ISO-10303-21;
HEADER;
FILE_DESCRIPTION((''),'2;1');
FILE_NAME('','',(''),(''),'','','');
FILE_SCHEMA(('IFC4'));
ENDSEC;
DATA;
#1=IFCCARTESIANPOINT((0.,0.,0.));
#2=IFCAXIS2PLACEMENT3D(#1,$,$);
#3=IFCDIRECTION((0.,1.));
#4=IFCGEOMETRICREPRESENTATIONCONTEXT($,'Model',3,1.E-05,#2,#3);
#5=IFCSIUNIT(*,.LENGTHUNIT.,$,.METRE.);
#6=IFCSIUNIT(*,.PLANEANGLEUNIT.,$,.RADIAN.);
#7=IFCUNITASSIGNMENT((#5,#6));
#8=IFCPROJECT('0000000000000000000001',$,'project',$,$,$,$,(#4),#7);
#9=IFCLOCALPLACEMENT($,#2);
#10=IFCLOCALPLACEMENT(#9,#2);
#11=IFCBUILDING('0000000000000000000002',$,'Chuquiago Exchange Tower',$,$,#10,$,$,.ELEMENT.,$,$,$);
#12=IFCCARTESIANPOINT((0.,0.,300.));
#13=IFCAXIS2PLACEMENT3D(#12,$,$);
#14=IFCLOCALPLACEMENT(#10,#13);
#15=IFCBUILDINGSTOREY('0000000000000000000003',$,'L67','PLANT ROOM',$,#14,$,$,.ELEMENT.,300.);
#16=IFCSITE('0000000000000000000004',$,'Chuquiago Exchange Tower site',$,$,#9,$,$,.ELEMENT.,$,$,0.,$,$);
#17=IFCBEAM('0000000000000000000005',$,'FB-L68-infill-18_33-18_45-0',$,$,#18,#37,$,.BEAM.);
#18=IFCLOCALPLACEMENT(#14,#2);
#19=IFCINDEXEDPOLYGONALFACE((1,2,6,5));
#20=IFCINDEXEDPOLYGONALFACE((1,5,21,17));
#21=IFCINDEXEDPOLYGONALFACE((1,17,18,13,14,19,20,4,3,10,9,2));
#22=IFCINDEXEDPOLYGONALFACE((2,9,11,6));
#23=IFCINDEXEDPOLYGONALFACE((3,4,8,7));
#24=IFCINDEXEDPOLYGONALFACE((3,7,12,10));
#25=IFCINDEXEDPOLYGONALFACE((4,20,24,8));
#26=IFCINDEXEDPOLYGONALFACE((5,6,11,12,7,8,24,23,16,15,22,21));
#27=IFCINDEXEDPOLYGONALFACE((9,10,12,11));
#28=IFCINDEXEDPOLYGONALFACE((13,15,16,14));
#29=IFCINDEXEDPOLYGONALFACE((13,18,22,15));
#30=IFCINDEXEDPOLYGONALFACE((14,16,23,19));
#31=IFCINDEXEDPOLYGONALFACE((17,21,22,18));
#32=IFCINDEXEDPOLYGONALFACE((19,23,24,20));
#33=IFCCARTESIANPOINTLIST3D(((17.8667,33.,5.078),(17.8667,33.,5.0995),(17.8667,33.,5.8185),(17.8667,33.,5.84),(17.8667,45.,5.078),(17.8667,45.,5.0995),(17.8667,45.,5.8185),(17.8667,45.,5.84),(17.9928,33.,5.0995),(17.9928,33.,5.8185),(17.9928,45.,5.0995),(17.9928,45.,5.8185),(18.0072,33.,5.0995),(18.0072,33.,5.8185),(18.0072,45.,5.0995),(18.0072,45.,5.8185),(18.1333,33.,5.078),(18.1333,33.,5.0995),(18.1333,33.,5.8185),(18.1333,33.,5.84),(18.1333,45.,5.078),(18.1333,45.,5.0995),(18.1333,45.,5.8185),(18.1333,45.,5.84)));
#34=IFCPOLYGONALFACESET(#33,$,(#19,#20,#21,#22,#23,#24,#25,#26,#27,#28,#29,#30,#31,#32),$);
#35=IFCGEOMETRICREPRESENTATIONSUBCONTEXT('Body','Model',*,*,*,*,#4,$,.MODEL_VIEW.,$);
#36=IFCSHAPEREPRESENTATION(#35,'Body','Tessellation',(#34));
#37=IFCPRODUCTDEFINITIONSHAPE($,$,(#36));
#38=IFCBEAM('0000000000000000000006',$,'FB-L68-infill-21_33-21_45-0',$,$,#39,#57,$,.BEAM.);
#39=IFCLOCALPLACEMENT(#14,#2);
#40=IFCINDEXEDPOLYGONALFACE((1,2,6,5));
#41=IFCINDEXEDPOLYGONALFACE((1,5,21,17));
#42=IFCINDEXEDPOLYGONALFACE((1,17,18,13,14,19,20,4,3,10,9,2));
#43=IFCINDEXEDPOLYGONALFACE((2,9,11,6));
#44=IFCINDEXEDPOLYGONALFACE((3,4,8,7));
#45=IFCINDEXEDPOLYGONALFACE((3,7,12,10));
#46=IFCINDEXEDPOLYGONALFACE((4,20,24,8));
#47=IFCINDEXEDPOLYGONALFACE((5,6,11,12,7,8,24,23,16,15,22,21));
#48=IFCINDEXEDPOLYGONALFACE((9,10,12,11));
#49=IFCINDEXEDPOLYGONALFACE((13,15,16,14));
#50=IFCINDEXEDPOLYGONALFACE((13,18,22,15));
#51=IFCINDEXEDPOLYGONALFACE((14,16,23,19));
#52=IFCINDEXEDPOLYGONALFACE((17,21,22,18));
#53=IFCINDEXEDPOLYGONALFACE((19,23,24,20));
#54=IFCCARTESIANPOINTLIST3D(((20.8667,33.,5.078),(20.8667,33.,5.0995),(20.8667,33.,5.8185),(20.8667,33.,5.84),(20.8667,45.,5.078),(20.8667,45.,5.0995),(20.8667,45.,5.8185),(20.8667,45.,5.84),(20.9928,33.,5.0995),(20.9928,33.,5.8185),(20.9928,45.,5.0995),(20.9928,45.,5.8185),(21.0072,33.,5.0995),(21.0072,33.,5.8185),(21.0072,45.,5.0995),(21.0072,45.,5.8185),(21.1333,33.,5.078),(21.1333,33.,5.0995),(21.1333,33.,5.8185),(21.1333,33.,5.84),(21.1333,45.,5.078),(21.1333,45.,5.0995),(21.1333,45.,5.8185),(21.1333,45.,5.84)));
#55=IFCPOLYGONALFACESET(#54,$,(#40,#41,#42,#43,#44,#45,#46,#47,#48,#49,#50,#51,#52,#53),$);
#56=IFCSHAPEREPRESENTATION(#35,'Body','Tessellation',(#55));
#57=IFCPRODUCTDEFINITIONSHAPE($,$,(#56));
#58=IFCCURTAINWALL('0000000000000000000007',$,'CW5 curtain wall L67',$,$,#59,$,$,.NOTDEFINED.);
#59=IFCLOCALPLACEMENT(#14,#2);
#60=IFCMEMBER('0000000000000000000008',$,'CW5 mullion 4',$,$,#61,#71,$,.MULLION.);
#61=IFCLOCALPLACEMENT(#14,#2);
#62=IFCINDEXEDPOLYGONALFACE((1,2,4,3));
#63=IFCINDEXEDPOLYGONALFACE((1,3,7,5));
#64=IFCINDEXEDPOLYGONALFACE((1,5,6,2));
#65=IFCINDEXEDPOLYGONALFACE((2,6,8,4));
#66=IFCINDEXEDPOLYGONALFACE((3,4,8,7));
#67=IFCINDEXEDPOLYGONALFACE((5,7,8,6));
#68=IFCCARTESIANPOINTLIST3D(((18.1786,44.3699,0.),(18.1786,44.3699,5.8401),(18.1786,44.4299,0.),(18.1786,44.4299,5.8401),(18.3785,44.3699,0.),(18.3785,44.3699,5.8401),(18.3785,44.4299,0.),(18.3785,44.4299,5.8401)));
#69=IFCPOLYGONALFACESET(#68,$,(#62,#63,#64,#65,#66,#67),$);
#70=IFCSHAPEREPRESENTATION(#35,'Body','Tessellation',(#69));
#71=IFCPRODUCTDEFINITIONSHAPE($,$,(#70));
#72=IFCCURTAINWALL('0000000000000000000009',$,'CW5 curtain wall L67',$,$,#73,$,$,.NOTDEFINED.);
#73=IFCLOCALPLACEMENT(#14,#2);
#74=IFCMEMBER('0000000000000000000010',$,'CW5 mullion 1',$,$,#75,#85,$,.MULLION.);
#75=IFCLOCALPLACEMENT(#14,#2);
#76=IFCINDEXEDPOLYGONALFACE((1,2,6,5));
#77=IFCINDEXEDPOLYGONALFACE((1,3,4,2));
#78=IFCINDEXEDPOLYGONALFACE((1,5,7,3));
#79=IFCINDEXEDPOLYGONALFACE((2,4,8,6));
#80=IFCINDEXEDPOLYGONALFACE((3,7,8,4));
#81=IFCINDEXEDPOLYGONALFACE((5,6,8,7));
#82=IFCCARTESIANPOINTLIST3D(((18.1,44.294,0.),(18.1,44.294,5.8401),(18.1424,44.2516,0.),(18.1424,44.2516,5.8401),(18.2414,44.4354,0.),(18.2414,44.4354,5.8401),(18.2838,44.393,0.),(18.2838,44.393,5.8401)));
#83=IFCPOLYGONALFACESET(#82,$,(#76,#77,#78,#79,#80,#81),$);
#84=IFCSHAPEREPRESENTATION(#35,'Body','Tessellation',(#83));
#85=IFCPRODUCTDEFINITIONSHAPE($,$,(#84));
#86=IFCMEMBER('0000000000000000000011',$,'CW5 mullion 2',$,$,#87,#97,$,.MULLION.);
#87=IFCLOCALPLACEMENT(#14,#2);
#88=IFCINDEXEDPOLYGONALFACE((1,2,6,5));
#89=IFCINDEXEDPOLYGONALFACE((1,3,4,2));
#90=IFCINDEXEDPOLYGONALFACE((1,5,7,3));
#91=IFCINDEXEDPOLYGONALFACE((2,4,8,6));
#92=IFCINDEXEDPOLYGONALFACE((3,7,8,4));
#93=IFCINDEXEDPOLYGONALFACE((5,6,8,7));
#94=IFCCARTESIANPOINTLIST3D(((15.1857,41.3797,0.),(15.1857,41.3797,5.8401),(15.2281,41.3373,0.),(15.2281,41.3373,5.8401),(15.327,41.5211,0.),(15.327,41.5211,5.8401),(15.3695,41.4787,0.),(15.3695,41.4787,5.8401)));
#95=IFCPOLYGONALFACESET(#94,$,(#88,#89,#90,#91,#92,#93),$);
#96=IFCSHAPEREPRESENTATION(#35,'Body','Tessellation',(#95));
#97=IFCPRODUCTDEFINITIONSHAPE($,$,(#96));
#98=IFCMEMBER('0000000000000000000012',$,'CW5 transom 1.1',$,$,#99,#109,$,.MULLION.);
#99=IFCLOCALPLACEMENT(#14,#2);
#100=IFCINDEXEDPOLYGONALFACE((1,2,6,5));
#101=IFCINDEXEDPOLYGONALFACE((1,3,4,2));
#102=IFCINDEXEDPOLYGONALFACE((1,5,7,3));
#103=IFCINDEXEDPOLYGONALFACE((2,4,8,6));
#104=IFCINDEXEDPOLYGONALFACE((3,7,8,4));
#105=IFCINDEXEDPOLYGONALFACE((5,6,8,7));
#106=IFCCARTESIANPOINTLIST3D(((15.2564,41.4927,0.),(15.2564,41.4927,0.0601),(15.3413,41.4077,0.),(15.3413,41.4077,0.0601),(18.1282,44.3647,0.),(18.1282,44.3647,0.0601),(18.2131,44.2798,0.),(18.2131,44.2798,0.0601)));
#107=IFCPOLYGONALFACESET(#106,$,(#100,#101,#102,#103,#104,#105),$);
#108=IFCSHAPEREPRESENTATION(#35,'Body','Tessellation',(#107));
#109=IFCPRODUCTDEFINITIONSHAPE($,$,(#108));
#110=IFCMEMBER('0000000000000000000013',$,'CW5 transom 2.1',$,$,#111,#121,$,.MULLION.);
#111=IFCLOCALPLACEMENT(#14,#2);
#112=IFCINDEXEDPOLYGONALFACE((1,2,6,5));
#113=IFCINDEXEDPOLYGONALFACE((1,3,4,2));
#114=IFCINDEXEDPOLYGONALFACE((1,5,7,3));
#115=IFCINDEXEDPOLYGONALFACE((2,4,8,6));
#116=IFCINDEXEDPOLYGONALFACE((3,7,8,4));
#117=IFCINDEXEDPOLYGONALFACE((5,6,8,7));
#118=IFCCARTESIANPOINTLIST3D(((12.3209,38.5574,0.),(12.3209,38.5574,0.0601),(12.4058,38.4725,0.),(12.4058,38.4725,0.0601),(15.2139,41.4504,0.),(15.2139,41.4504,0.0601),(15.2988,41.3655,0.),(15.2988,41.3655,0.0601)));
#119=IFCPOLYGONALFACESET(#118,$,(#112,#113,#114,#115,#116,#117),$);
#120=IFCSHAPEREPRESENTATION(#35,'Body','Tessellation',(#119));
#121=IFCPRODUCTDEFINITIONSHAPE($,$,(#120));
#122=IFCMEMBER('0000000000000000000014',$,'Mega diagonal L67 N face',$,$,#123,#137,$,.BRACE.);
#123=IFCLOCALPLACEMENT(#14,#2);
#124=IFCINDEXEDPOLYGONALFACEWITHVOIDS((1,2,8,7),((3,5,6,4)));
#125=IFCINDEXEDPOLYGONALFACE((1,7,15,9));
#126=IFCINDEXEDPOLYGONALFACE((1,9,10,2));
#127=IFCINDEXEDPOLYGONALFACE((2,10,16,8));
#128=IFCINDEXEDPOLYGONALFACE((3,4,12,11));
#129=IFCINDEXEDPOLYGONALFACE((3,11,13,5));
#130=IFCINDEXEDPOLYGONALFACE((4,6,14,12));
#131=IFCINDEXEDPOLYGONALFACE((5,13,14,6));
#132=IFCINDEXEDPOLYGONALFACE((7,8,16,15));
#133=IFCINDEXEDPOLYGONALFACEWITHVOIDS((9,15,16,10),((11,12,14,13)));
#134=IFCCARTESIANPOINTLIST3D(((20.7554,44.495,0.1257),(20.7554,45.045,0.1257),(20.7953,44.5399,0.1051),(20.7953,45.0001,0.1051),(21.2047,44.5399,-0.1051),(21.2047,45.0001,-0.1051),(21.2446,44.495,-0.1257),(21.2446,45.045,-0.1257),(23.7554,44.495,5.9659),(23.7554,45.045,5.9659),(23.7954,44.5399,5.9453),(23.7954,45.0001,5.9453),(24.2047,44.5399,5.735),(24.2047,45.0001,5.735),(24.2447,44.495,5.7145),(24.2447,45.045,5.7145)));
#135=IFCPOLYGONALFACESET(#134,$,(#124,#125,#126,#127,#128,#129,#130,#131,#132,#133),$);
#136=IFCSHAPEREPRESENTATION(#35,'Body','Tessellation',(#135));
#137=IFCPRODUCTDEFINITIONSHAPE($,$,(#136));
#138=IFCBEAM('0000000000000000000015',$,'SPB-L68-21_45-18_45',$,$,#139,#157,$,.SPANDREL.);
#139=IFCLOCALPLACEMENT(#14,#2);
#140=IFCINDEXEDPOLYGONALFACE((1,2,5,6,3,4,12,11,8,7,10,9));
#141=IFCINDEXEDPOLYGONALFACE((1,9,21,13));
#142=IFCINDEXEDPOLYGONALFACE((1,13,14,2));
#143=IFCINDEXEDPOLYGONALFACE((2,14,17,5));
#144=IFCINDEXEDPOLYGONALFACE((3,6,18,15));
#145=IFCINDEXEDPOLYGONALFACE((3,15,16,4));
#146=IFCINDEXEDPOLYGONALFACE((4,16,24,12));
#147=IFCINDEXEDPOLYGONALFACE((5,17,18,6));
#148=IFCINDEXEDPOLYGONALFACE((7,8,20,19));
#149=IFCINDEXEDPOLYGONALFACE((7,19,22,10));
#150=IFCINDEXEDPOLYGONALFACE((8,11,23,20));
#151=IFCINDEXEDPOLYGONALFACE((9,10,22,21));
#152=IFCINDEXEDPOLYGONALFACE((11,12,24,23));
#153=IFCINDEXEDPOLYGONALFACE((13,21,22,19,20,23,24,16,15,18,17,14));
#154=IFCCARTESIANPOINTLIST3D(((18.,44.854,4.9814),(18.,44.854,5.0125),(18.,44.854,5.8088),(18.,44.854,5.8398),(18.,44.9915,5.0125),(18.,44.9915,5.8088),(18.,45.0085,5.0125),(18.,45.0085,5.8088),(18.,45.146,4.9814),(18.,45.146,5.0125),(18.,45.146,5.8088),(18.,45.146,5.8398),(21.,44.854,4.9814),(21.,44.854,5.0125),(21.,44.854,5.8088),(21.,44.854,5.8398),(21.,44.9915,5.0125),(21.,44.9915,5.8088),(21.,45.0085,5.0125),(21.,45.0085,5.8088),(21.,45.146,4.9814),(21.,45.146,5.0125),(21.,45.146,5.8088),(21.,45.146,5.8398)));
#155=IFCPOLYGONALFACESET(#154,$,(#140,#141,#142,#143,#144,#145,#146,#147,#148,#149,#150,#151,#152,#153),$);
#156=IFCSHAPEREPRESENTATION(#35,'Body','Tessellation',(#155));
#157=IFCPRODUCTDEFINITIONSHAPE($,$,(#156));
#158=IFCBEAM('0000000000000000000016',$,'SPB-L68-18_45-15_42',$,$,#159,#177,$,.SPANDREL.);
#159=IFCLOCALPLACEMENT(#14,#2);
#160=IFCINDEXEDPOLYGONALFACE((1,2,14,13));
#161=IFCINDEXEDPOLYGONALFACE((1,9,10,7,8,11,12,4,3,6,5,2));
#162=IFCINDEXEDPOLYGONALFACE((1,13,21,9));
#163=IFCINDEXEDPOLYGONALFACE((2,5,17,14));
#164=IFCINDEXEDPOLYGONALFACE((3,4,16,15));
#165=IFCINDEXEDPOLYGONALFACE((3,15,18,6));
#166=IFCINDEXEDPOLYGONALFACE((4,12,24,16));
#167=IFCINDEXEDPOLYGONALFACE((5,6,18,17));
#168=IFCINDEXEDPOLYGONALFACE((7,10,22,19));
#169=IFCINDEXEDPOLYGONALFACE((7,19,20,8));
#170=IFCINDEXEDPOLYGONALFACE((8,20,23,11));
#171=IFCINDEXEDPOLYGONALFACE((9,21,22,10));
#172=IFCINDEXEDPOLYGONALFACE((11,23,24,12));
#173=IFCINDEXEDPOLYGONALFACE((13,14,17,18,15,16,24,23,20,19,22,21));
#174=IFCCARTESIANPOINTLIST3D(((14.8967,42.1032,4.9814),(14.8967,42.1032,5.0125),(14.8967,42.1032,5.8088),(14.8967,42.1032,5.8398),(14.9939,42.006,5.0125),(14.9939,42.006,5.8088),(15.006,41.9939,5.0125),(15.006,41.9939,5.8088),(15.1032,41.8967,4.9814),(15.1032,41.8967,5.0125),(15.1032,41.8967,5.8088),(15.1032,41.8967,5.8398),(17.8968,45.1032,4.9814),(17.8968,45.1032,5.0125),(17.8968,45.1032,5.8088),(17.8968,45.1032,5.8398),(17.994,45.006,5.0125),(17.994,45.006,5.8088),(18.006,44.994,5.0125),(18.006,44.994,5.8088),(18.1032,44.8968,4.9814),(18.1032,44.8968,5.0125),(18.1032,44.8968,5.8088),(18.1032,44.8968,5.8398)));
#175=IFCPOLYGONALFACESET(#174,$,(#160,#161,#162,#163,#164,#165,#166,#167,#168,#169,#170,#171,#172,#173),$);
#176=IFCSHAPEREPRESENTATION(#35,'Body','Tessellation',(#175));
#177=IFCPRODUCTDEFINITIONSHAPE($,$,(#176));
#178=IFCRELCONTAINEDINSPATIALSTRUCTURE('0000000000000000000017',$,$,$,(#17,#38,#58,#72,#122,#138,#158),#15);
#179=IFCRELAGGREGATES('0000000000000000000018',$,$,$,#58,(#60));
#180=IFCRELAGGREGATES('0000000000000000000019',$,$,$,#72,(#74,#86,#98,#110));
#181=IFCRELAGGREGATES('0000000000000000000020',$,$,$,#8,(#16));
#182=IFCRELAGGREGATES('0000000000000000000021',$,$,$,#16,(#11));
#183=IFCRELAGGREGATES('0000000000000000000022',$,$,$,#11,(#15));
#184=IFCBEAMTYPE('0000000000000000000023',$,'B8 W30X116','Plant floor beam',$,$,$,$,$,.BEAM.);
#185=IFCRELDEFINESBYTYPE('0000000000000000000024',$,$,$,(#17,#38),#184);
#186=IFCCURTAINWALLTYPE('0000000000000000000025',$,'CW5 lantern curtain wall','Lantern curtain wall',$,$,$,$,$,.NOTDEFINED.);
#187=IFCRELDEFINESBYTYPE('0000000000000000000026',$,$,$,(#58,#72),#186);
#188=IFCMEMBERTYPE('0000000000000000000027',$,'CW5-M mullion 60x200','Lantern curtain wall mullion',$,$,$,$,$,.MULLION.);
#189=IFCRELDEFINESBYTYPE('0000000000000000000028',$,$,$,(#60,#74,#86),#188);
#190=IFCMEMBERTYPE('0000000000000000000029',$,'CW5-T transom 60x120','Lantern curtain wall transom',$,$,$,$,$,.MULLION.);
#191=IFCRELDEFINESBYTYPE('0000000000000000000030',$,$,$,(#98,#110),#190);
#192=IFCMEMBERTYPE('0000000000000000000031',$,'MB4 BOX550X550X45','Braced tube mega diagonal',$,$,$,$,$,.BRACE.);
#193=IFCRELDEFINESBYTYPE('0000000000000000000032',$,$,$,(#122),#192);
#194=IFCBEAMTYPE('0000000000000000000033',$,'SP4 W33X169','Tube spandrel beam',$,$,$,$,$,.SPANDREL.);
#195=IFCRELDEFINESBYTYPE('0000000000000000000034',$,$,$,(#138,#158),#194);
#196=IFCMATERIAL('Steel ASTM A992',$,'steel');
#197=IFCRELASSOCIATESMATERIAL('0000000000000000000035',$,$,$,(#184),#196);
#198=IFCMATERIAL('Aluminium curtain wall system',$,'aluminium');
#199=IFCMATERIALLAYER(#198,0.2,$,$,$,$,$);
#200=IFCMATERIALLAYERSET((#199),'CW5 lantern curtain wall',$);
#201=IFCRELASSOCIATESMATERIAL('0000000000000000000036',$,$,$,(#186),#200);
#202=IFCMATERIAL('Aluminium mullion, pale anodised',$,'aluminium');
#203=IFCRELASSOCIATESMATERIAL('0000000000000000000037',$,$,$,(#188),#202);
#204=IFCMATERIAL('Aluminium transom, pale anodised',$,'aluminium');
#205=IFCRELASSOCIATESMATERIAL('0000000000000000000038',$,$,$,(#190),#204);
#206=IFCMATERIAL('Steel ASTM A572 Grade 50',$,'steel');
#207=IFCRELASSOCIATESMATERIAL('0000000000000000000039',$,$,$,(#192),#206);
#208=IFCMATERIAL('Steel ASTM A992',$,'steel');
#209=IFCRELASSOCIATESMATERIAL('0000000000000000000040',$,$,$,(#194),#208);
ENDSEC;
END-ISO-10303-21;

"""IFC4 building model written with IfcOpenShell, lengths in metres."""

from ifc_helpers import new_model, si_unit, direction, frame, origin, origin_2d, place, context, subcontext, project, spatial, rectangle, hollow_rectangle, i_section, extrude, material, layer, layer_set, material_profile, profile_set, type_object, element, aggregate, save


model = new_model("IFC4")

# Units and contexts
model_context = context("Model", 3, precision=1e-05, world=origin(), true_north=direction((0.0, 1.0)))
body_context = subcontext(model_context, "Body", "Model", "MODEL_VIEW")
ifc_project = project(units=[si_unit("LENGTHUNIT", "METRE"), si_unit("PLANEANGLEUNIT", "RADIAN")], contexts=[model_context])

# Site, building, storey
site_placement = place(None, origin())
site = spatial("IfcSite", under=ifc_project, at=site_placement, Name="Chuquiago Exchange Tower site", CompositionType="ELEMENT", RefElevation=0.0)
building_placement = place(site_placement, origin())
building = spatial("IfcBuilding", under=site, at=building_placement, Name="Chuquiago Exchange Tower", CompositionType="ELEMENT")
storey_placement = place(building_placement, frame((0.0, 0.0, 300.0)))
storey = spatial("IfcBuildingStorey", under=building, at=storey_placement, Name="L67", Description="PLANT ROOM", CompositionType="ELEMENT", Elevation=300.0)

# Beams
ifc_material_1 = material(Name="Steel ASTM A992", Category="steel")
ifc_material_profile_1 = material_profile(ifc_material_1, i_section(OverallWidth=0.2666, OverallDepth=0.762, WebThickness=0.0144, FlangeThickness=0.0215, at=origin_2d()), Name="W30X116")
ifc_profile_set_1 = profile_set([ifc_material_profile_1], Name="Steel ASTM A992")
beam_type_1 = type_object("IfcBeamType", Name="B8 W30X116", Description="Plant floor beam", PredefinedType="BEAM", material=ifc_profile_set_1)
for number, where, z_axis, x_axis, name in (
    (1, (18.0, 33.0, 5.459), (0.0, 1.0, 0.0), (-1.0, 0.0, 0.0), "FB-L68-infill-18_33-18_45-0"),
    (2, (21.0, 33.0, 5.459), (0.0, 1.0, 0.0), (-1.0, 0.0, 0.0), "FB-L68-infill-21_33-21_45-0"),
):
    element("IfcBeam", number, at=place(storey_placement, frame(where, z_axis=z_axis, x_axis=x_axis)), inside=storey, type_object=beam_type_1, Name=name, PredefinedType="BEAM", context=body_context, shape_type="SweptSolid", body=[
        extrude(i_section(OverallWidth=0.2666, OverallDepth=0.762, WebThickness=0.0144, FlangeThickness=0.0215, at=origin_2d()), origin(), (0.0, 0.0, 1.0), 12.0),
    ])

# Curtain wall, member
ifc_material_2 = material(Name="Aluminium curtain wall system", Category="aluminium")
ifc_layer_1 = layer(ifc_material_2, 0.2)
ifc_layer_set_1 = layer_set([ifc_layer_1], Name="CW5 lantern curtain wall")
curtain_wall_type = type_object("IfcCurtainWallType", Name="CW5 lantern curtain wall", Description="Lantern curtain wall", PredefinedType="NOTDEFINED", material=ifc_layer_set_1)
curtain_wall_1_placement = place(storey_placement, origin())
curtain_wall_1 = element("IfcCurtainWall", 3, at=curtain_wall_1_placement, inside=storey, type_object=curtain_wall_type, Name="CW5 curtain wall L67", PredefinedType="NOTDEFINED")
ifc_material_3 = material(Name="Aluminium mullion, pale anodised", Category="aluminium")
ifc_material_profile_2 = material_profile(ifc_material_3, rectangle(XDim=0.0601, YDim=0.2, at=origin_2d()), Name="AL 60x200")
ifc_profile_set_2 = profile_set([ifc_material_profile_2], Name="Aluminium mullion, pale anodised")
member_type_1 = type_object("IfcMemberType", Name="CW5-M mullion 60x200", Description="Lantern curtain wall mullion", PredefinedType="MULLION", material=ifc_profile_set_2)
member_1_placement = place(storey_placement, frame((18.2786, 44.3999, 0.0), z_axis=(0.0, 0.0, 1.0), x_axis=(0.0, -1.0, 0.0)))
member_1 = element("IfcMember", 4, at=member_1_placement, type_object=member_type_1, Name="CW5 mullion 4", PredefinedType="MULLION", context=body_context, shape_type="SweptSolid", body=[
    extrude(rectangle(XDim=0.0601, YDim=0.2, at=origin_2d()), origin(), (0.0, 0.0, 1.0), 5.8401),
])

# Curtain wall, members
curtain_wall_2_placement = place(storey_placement, origin())
curtain_wall_2 = element("IfcCurtainWall", 5, at=curtain_wall_2_placement, inside=storey, type_object=curtain_wall_type, Name="CW5 curtain wall L67", PredefinedType="NOTDEFINED")
member_2_placement = place(storey_placement, frame((18.1919, 44.3435, 0.0), z_axis=(0.0, 0.0, 1.0), x_axis=(0.707105, -0.707109, 0.0)))
member_2 = element("IfcMember", 6, at=member_2_placement, type_object=member_type_1, Name="CW5 mullion 1", PredefinedType="MULLION", context=body_context, shape_type="SweptSolid", body=[
    extrude(rectangle(XDim=0.0601, YDim=0.2, at=origin_2d()), origin(), (0.0, 0.0, 1.0), 5.8401),
])
member_3_placement = place(storey_placement, frame((15.2776, 41.4292, 0.0), z_axis=(0.0, 0.0, 1.0), x_axis=(0.707105, -0.707109, 0.0)))
member_3 = element("IfcMember", 7, at=member_3_placement, type_object=member_type_1, Name="CW5 mullion 2", PredefinedType="MULLION", context=body_context, shape_type="SweptSolid", body=[
    extrude(rectangle(XDim=0.0601, YDim=0.2, at=origin_2d()), origin(), (0.0, 0.0, 1.0), 5.8401),
])
ifc_material_4 = material(Name="Aluminium transom, pale anodised", Category="aluminium")
ifc_material_profile_3 = material_profile(ifc_material_4, rectangle(XDim=0.1201, YDim=0.0601, at=origin_2d()), Name="AL 120x60")
ifc_profile_set_3 = profile_set([ifc_material_profile_3], Name="Aluminium transom, pale anodised")
member_type_2 = type_object("IfcMemberType", Name="CW5-T transom 60x120", Description="Lantern curtain wall transom", PredefinedType="MULLION", material=ifc_profile_set_3)
member_4_placement = place(storey_placement, frame((18.1707, 44.3223, 0.03), z_axis=(-0.707077, -0.707137, 0.0), x_axis=(0.707137, -0.707077, 0.0)))
member_4 = element("IfcMember", 8, at=member_4_placement, type_object=member_type_2, Name="CW5 transom 1.1", PredefinedType="MULLION", context=body_context, shape_type="SweptSolid", body=[
    extrude(rectangle(XDim=0.1201, YDim=0.0601, at=origin_2d()), origin(), (0.0, 0.0, 1.0), 4.0615),
])
member_5_placement = place(storey_placement, frame((15.2563, 41.408, 0.03), z_axis=(-0.707107, -0.707107, 0.0), x_axis=(0.707107, -0.707107, 0.0)))
member_5 = element("IfcMember", 9, at=member_5_placement, type_object=member_type_2, Name="CW5 transom 2.1", PredefinedType="MULLION", context=body_context, shape_type="SweptSolid", body=[
    extrude(rectangle(XDim=0.1201, YDim=0.0601, at=origin_2d()), origin(), (0.0, 0.0, 1.0), 4.0913),
])

# Member
ifc_material_5 = material(Name="Steel ASTM A572 Grade 50", Category="steel")
ifc_material_profile_4 = material_profile(ifc_material_5, hollow_rectangle(XDim=0.55, YDim=0.55, WallThickness=0.0449, at=origin_2d()), Name="BOX550X550X45")
ifc_profile_set_4 = profile_set([ifc_material_profile_4], Name="Steel ASTM A572 Grade 50")
member_type_3 = type_object("IfcMemberType", Name="MB4 BOX550X550X45", Description="Braced tube mega diagonal", PredefinedType="BRACE", material=ifc_profile_set_4)
member_6_placement = place(storey_placement, frame((21.0, 44.77, 0.0), z_axis=(0.45693, 0.0, 0.889503), x_axis=(0.0, 1.0, 0.0)))
element("IfcMember", 10, at=member_6_placement, inside=storey, type_object=member_type_3, Name="Mega diagonal L67 N face", PredefinedType="BRACE", context=body_context, shape_type="SweptSolid", body=[
    extrude(hollow_rectangle(XDim=0.55, YDim=0.55, WallThickness=0.0449, at=origin_2d()), origin(), (0.0, 0.0, 1.0), 6.5657),
])

# Beams
ifc_material_6 = material(Name="Steel ASTM A992", Category="steel")
ifc_material_profile_5 = material_profile(ifc_material_6, i_section(OverallWidth=0.292, OverallDepth=0.8584, WebThickness=0.0171, FlangeThickness=0.031, at=origin_2d()), Name="W33X169")
ifc_profile_set_5 = profile_set([ifc_material_profile_5], Name="Steel ASTM A992")
beam_type_2 = type_object("IfcBeamType", Name="SP4 W33X169", Description="Tube spandrel beam", PredefinedType="SPANDREL", material=ifc_profile_set_5)
beam_1_placement = place(storey_placement, frame((21.0, 45.0, 5.4106), z_axis=(-1.0, 0.0, 0.0), x_axis=(0.0, -1.0, 0.0)))
element("IfcBeam", 11, at=beam_1_placement, inside=storey, type_object=beam_type_2, Name="SPB-L68-21_45-18_45", PredefinedType="SPANDREL", context=body_context, shape_type="SweptSolid", body=[
    extrude(i_section(OverallWidth=0.292, OverallDepth=0.8584, WebThickness=0.0171, FlangeThickness=0.031, at=origin_2d()), origin(), (0.0, 0.0, 1.0), 3.0),
])
for number, where, z_axis, x_axis, name in (
    (12, (18.0, 45.0, 5.4106), (-0.707107, -0.707107, 0.0), (0.707107, -0.707107, 0.0), "SPB-L68-18_45-15_42"),
):
    element("IfcBeam", number, at=place(storey_placement, frame(where, z_axis=z_axis, x_axis=x_axis)), inside=storey, type_object=beam_type_2, Name=name, PredefinedType="SPANDREL", context=body_context, shape_type="SweptSolid", body=[
        extrude(i_section(OverallWidth=0.292, OverallDepth=0.8584, WebThickness=0.0171, FlangeThickness=0.031, at=origin_2d()), origin(), (0.0, 0.0, 1.0), 4.2427),
    ])

aggregate(curtain_wall_1, [member_1])
aggregate(curtain_wall_2, [member_2, member_3, member_4, member_5])

save(model, "model.ifc")
